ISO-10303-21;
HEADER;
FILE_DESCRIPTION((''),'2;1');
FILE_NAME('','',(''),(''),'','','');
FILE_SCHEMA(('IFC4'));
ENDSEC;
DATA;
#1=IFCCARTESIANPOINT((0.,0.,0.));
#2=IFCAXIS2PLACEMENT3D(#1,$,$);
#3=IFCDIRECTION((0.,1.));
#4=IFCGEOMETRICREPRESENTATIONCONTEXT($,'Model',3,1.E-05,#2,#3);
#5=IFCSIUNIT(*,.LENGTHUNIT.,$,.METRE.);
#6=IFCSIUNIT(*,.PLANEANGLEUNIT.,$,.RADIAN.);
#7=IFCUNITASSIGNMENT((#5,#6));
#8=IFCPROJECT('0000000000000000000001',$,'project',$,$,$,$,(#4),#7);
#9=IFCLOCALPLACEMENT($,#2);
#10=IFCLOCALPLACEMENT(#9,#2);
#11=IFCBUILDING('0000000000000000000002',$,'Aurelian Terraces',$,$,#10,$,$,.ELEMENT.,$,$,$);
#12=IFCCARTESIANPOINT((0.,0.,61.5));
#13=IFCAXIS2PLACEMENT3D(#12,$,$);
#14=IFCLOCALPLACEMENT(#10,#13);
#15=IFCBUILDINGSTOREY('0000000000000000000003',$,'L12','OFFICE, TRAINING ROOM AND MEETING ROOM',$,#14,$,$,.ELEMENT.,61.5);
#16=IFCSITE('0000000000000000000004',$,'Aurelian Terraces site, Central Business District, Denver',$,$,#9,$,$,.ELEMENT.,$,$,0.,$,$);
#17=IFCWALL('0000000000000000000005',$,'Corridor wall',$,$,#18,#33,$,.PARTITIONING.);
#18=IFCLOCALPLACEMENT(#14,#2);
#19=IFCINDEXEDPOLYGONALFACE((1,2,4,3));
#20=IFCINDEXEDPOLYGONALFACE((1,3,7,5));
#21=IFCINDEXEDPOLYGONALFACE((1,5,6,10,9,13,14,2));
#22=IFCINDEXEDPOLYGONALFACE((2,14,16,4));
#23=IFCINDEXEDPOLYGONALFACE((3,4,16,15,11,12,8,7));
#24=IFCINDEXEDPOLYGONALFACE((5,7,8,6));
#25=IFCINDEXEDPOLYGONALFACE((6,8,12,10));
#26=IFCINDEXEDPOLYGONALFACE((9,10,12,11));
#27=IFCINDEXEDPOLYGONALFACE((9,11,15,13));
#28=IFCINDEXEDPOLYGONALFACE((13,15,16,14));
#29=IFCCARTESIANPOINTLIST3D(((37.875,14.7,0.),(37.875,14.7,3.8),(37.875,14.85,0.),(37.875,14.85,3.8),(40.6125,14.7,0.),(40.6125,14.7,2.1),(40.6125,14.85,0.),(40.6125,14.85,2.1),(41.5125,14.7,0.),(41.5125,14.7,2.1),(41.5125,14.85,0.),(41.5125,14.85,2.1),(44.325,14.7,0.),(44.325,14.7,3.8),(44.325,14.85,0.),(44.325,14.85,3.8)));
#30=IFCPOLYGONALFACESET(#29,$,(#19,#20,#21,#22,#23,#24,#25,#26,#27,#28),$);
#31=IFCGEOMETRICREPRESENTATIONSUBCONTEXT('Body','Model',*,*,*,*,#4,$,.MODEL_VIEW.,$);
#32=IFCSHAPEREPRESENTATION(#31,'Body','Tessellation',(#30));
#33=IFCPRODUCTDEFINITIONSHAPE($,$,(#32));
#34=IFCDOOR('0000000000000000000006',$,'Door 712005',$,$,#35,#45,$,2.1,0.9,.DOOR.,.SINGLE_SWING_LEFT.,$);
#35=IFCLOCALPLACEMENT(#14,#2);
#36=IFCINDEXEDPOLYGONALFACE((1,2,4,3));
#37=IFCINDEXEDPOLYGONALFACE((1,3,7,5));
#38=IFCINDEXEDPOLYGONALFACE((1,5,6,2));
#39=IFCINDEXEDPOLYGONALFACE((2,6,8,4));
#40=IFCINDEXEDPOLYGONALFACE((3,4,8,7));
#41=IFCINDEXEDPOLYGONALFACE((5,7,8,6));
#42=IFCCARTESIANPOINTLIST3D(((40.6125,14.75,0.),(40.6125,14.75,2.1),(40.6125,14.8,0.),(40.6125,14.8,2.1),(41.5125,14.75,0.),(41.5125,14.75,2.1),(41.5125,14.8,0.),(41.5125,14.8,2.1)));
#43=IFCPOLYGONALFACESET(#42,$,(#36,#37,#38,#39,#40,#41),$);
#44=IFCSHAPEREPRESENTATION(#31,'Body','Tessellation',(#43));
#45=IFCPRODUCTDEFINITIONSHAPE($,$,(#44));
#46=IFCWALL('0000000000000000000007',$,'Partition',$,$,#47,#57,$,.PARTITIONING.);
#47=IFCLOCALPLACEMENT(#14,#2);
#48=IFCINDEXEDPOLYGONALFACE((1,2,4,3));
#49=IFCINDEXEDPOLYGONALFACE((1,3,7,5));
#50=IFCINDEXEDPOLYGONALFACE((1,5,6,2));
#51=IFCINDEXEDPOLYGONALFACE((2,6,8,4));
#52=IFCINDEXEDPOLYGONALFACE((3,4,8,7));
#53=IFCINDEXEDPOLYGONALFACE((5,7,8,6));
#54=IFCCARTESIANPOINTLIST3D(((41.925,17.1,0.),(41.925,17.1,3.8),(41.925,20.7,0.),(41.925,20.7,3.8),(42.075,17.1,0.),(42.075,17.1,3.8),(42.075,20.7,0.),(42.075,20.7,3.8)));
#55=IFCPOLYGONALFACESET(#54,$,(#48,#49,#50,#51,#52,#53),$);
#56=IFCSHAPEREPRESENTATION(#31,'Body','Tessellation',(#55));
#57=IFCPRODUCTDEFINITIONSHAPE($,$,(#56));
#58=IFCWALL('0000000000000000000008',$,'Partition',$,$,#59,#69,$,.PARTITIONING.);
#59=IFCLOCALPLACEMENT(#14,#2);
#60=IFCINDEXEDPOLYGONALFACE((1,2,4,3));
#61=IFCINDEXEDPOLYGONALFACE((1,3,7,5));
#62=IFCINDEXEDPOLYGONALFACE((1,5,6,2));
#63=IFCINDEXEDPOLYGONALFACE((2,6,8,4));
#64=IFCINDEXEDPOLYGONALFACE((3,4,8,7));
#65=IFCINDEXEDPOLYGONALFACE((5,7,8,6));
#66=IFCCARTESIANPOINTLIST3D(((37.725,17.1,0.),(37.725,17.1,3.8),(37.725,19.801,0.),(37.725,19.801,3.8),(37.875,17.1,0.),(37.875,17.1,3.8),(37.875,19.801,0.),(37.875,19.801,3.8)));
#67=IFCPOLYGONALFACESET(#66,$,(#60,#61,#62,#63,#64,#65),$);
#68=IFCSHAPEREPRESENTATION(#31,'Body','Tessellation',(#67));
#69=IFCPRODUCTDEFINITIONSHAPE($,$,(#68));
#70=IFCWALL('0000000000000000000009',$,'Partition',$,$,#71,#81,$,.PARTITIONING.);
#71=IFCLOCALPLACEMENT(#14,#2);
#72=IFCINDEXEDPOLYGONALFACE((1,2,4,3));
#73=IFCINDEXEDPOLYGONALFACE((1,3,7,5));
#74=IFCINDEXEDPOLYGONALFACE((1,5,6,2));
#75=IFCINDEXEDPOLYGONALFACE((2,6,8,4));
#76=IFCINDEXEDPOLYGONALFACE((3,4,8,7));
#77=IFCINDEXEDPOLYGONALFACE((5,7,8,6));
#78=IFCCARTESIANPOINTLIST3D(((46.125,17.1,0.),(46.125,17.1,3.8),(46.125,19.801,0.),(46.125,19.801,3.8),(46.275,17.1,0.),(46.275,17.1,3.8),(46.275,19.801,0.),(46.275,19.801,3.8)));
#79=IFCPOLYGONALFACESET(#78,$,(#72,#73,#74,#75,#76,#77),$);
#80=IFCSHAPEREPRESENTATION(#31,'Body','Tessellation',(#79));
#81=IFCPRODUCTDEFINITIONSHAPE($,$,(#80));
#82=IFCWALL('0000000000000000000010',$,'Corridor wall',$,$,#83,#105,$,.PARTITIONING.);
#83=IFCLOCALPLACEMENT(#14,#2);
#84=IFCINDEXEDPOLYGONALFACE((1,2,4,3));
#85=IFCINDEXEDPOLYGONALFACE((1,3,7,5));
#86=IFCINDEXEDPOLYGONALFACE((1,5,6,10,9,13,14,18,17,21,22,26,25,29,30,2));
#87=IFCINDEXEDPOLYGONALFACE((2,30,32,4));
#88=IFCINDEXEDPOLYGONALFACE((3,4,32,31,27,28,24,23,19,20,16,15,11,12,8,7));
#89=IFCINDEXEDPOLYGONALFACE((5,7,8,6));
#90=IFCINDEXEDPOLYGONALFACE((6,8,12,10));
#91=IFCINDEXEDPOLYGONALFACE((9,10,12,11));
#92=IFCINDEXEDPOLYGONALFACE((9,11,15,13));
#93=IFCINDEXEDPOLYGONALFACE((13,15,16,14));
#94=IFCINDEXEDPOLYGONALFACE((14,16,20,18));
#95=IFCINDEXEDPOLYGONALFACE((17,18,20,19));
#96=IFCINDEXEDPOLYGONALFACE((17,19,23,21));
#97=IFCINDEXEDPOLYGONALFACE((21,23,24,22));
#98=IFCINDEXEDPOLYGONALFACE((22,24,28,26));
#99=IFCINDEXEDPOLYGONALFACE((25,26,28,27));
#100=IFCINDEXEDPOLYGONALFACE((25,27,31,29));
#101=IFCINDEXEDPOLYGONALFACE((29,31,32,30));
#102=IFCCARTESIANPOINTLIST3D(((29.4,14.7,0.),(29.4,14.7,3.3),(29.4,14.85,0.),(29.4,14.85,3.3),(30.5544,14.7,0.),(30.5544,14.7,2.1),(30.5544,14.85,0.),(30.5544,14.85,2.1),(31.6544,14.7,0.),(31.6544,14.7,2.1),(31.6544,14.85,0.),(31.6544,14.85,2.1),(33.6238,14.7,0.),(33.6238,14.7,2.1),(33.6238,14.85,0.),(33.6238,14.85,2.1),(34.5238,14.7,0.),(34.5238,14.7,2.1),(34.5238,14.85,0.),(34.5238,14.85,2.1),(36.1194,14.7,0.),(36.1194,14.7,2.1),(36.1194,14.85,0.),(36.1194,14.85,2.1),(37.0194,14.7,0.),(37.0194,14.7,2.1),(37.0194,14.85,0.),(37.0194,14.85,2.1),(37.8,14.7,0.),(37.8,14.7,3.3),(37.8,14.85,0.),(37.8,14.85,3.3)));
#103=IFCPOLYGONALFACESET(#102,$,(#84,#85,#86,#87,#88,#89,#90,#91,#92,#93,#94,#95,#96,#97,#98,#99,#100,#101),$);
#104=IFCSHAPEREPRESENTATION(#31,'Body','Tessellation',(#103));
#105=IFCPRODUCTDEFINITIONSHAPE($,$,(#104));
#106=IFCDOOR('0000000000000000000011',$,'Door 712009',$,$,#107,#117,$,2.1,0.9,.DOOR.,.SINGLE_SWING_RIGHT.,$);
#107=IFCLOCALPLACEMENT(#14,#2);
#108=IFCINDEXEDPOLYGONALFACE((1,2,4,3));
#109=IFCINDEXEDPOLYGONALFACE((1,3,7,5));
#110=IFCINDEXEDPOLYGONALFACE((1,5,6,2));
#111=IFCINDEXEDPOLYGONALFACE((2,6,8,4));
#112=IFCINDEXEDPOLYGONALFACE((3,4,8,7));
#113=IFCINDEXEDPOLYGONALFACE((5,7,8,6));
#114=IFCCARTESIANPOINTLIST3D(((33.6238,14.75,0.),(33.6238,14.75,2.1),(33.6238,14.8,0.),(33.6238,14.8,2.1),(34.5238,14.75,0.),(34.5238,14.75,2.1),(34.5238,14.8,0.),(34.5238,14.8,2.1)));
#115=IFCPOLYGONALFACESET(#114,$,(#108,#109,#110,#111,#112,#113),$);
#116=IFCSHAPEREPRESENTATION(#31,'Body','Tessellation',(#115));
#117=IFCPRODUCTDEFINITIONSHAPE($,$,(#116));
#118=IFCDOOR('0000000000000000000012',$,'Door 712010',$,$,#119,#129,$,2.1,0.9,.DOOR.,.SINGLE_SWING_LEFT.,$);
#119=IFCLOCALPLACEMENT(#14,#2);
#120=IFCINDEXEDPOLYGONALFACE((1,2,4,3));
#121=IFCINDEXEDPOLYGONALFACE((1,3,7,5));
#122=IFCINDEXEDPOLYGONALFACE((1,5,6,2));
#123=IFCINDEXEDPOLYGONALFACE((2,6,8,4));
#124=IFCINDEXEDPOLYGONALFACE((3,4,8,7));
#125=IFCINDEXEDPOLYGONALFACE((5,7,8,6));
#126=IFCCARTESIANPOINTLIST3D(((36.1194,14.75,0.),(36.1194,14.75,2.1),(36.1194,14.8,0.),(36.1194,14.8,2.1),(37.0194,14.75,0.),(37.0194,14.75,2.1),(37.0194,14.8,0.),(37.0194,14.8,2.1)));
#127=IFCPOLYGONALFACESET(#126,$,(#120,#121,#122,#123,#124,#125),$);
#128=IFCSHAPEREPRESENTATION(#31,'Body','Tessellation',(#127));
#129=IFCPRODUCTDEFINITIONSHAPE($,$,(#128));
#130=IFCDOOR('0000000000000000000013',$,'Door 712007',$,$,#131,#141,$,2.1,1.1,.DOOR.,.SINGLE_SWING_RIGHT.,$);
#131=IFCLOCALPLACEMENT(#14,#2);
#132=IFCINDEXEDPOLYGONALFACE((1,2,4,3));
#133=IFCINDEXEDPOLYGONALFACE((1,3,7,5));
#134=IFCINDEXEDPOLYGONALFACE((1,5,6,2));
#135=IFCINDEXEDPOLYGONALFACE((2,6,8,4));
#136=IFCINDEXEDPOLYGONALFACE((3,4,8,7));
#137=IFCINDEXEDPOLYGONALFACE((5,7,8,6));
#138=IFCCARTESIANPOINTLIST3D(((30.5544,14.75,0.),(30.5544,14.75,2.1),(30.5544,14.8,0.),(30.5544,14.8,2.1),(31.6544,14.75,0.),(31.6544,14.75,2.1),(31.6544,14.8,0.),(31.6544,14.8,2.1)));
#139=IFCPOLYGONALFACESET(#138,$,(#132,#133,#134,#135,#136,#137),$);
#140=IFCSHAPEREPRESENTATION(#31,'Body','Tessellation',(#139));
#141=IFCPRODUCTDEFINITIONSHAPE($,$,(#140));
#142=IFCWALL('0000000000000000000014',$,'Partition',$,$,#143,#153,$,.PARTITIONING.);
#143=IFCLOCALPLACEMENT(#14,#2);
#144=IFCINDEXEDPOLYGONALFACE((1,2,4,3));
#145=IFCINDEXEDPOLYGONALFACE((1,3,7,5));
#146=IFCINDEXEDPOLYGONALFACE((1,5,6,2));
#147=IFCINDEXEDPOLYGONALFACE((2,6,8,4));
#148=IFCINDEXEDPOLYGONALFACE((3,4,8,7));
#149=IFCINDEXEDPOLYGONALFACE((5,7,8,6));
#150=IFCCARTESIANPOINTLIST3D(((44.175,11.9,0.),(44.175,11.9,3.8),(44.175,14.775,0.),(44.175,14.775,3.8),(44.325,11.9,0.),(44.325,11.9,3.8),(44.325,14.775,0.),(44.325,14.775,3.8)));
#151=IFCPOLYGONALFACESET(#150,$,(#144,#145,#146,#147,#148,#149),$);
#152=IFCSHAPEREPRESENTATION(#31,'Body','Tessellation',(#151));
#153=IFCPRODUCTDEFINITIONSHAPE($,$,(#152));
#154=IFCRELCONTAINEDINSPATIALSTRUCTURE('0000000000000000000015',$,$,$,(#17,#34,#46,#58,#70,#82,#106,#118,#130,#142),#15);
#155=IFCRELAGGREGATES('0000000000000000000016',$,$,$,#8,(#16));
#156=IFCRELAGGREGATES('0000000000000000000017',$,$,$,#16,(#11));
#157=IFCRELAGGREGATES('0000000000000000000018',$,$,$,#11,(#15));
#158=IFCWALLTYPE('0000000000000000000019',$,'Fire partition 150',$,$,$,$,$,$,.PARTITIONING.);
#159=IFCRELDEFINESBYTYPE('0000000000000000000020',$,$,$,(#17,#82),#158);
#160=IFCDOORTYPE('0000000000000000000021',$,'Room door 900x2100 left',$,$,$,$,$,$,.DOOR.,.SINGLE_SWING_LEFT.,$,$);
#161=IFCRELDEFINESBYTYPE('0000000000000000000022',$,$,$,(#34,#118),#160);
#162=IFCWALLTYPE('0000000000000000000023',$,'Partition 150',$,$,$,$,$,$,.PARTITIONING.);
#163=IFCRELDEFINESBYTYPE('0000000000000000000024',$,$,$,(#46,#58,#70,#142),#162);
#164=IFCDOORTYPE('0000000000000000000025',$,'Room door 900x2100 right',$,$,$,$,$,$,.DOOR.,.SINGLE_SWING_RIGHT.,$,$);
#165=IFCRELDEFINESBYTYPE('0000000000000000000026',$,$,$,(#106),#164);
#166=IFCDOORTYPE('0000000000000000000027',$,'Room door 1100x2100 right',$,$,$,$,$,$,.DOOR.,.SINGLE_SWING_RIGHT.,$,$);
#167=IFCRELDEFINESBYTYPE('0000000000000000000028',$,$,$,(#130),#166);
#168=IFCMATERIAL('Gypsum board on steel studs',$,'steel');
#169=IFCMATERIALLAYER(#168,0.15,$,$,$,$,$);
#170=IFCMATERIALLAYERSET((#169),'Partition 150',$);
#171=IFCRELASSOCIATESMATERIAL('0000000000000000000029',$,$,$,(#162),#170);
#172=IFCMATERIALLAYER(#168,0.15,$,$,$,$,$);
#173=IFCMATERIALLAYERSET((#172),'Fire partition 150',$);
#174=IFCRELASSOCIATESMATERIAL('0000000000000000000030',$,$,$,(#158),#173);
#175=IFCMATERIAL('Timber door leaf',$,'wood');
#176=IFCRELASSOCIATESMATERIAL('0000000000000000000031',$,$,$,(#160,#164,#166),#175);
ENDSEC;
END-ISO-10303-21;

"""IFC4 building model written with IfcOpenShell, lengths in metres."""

from ifc_helpers import new_model, si_unit, direction, frame, frame_2d, origin, place, context, subcontext, project, spatial, rectangle, extrude, source, transform, mapped, material, layer, layer_set, type_object, element, fill, save


model = new_model("IFC4")

# Units and contexts
model_context = context("Model", 3, precision=1e-05, world=origin(), true_north=direction((0.0, 1.0)))
body_context = subcontext(model_context, "Body", "Model", "MODEL_VIEW")
ifc_project = project(units=[si_unit("LENGTHUNIT", "METRE"), si_unit("PLANEANGLEUNIT", "RADIAN")], contexts=[model_context])

# Site, building, storey
site_placement = place(None, origin())
site = spatial("IfcSite", under=ifc_project, at=site_placement, Name="Aurelian Terraces site, Central Business District, Denver", CompositionType="ELEMENT", RefElevation=0.0)
building_placement = place(site_placement, origin())
building = spatial("IfcBuilding", under=site, at=building_placement, Name="Aurelian Terraces", CompositionType="ELEMENT")
storey_placement = place(building_placement, frame((0.0, 0.0, 61.5)))
storey = spatial("IfcBuildingStorey", under=building, at=storey_placement, Name="L12", Description="OFFICE, TRAINING ROOM AND MEETING ROOM", CompositionType="ELEMENT", Elevation=61.5)

# Shared definitions
ifc_material_1 = material(Name="Gypsum board on steel studs", Category="steel")
ifc_layer_1 = layer(ifc_material_1, 0.15)
ifc_layer_set_1 = layer_set([ifc_layer_1], Name="Partition 150")
wall_type_1 = type_object("IfcWallType", Name="Partition 150", PredefinedType="PARTITIONING", material=ifc_layer_set_1)
shared_shape_1 = source(origin(), body_context, "Body", "SweptSolid", [
    extrude(rectangle(XDim=6.45, YDim=0.15, at=frame_2d((3.225, 0.0))), origin(), (0.0, 0.0, 1.0), 3.8),
])

# Wall, opening, door
ifc_layer_2 = layer(ifc_material_1, 0.15)
ifc_layer_set_2 = layer_set([ifc_layer_2], Name="Fire partition 150")
wall_type_2 = type_object("IfcWallType", Name="Fire partition 150", PredefinedType="PARTITIONING", material=ifc_layer_set_2)
wall_1_placement = place(storey_placement, frame((44.325, 14.775, 0.0), z_axis=(0.0, 0.0, 1.0), x_axis=(-1.0, 0.0, 0.0)))
wall_1 = element("IfcWall", 1, at=wall_1_placement, inside=storey, type_object=wall_type_2, Name="Corridor wall", PredefinedType="PARTITIONING", context=body_context, shape_type="MappedRepresentation", body=[
    mapped(shared_shape_1, transform((0.0, 0.0, 0.0), scale=1.0)),
])
shared_shape_2 = source(origin(), body_context, "Body", "SweptSolid", [
    extrude(rectangle(XDim=0.9, YDim=2.1, at=frame_2d((0.45, 1.05))), frame((0.0, 0.085, 0.0), z_axis=(0.0, -1.0, 0.0), x_axis=(1.0, 0.0, 0.0)), (0.0, 0.0, 1.0), 0.17),
])
opening_1_placement = place(wall_1_placement, frame((2.8125, 0.0, 0.0)))
opening_1 = element("IfcOpeningElement", 2, at=opening_1_placement, cuts=wall_1, PredefinedType="OPENING", context=body_context, shape_type="MappedRepresentation", body=[
    mapped(shared_shape_2, transform((0.0, 0.0, 0.0), scale=1.0)),
])
ifc_material_2 = material(Name="Timber door leaf", Category="wood")
door_type_1 = type_object("IfcDoorType", Name="Room door 900x2100 left", OperationType="SINGLE_SWING_LEFT", PredefinedType="DOOR", material=ifc_material_2)
shared_shape_3 = source(origin(), body_context, "Body", "SweptSolid", [
    extrude(rectangle(XDim=0.9, YDim=2.1, at=frame_2d((0.45, 1.05))), frame((0.0, 0.025, 0.0), z_axis=(0.0, -1.0, 0.0), x_axis=(1.0, 0.0, 0.0)), (0.0, 0.0, 1.0), 0.05),
])
door_1_placement = place(opening_1_placement, origin())
door_1 = element("IfcDoor", 3, at=door_1_placement, inside=storey, type_object=door_type_1, Name="Door 712005", OperationType="SINGLE_SWING_LEFT", OverallHeight=2.1, OverallWidth=0.9, PredefinedType="DOOR", context=body_context, shape_type="MappedRepresentation", body=[
    mapped(shared_shape_3, transform((0.0, 0.0, 0.0), scale=1.0)),
])
fill(opening_1, door_1)

# Walls
shared_shape_4 = source(origin(), body_context, "Body", "SweptSolid", [
    extrude(rectangle(XDim=3.6, YDim=0.15, at=frame_2d((1.8, 0.0))), origin(), (0.0, 0.0, 1.0), 3.8),
])
wall_2_placement = place(storey_placement, frame((42.0, 20.7, 0.0), z_axis=(0.0, 0.0, 1.0), x_axis=(0.0, -1.0, 0.0)))
element("IfcWall", 4, at=wall_2_placement, inside=storey, type_object=wall_type_1, Name="Partition", PredefinedType="PARTITIONING", context=body_context, shape_type="MappedRepresentation", body=[
    mapped(shared_shape_4, transform((0.0, 0.0, 0.0), scale=1.0)),
])
shared_shape_5 = source(origin(), body_context, "Body", "SweptSolid", [
    extrude(rectangle(XDim=2.701, YDim=0.15, at=frame_2d((1.3505, 0.0))), origin(), (0.0, 0.0, 1.0), 3.8),
])
for number, where, z_axis, x_axis, name in (
    (5, (37.8, 17.1, 0.0), (0.0, 0.0, 1.0), (0.0, 1.0, 0.0), "Partition"),
    (6, (46.2, 17.1, 0.0), (0.0, 0.0, 1.0), (0.0, 1.0, 0.0), "Partition"),
):
    element("IfcWall", number, at=place(storey_placement, frame(where, z_axis=z_axis, x_axis=x_axis)), inside=storey, type_object=wall_type_1, Name=name, PredefinedType="PARTITIONING", context=body_context, shape_type="MappedRepresentation", body=[
        mapped(shared_shape_5, transform((0.0, 0.0, 0.0), scale=1.0)),
    ])

# Wall, openings, doors
shared_shape_6 = source(origin(), body_context, "Body", "SweptSolid", [
    extrude(rectangle(XDim=8.4, YDim=0.15, at=frame_2d((4.2, 0.0))), origin(), (0.0, 0.0, 1.0), 3.3),
])
wall_3_placement = place(storey_placement, frame((37.8, 14.775, 0.0), z_axis=(0.0, 0.0, 1.0), x_axis=(-1.0, 0.0, 0.0)))
wall_3 = element("IfcWall", 7, at=wall_3_placement, inside=storey, type_object=wall_type_2, Name="Corridor wall", PredefinedType="PARTITIONING", context=body_context, shape_type="MappedRepresentation", body=[
    mapped(shared_shape_6, transform((0.0, 0.0, 0.0), scale=1.0)),
])
shared_shape_7 = source(origin(), body_context, "Body", "SweptSolid", [
    extrude(rectangle(XDim=1.1, YDim=2.1, at=frame_2d((0.55, 1.05))), frame((0.0, 0.085, 0.0), z_axis=(0.0, -1.0, 0.0), x_axis=(1.0, 0.0, 0.0)), (0.0, 0.0, 1.0), 0.17),
])
opening_2_placement = place(wall_3_placement, frame((6.1456, 0.0, 0.0)))
opening_2 = element("IfcOpeningElement", 8, at=opening_2_placement, cuts=wall_3, PredefinedType="OPENING", context=body_context, shape_type="MappedRepresentation", body=[
    mapped(shared_shape_7, transform((0.0, 0.0, 0.0), scale=1.0)),
])
opening_3_placement = place(wall_3_placement, frame((3.2762, 0.0, 0.0)))
opening_3 = element("IfcOpeningElement", 9, at=opening_3_placement, cuts=wall_3, PredefinedType="OPENING", context=body_context, shape_type="MappedRepresentation", body=[
    mapped(shared_shape_2, transform((0.0, 0.0, 0.0), scale=1.0)),
])
opening_4_placement = place(wall_3_placement, frame((0.7806, 0.0, 0.0)))
opening_4 = element("IfcOpeningElement", 10, at=opening_4_placement, cuts=wall_3, PredefinedType="OPENING", context=body_context, shape_type="MappedRepresentation", body=[
    mapped(shared_shape_2, transform((0.0, 0.0, 0.0), scale=1.0)),
])
door_type_2 = type_object("IfcDoorType", Name="Room door 900x2100 right", OperationType="SINGLE_SWING_RIGHT", PredefinedType="DOOR", material=ifc_material_2)
door_2_placement = place(opening_3_placement, origin())
door_2 = element("IfcDoor", 11, at=door_2_placement, inside=storey, type_object=door_type_2, Name="Door 712009", OperationType="SINGLE_SWING_RIGHT", OverallHeight=2.1, OverallWidth=0.9, PredefinedType="DOOR", context=body_context, shape_type="MappedRepresentation", body=[
    mapped(shared_shape_3, transform((0.0, 0.0, 0.0), scale=1.0)),
])
fill(opening_3, door_2)
door_3_placement = place(opening_4_placement, origin())
door_3 = element("IfcDoor", 12, at=door_3_placement, inside=storey, type_object=door_type_1, Name="Door 712010", OperationType="SINGLE_SWING_LEFT", OverallHeight=2.1, OverallWidth=0.9, PredefinedType="DOOR", context=body_context, shape_type="MappedRepresentation", body=[
    mapped(shared_shape_3, transform((0.0, 0.0, 0.0), scale=1.0)),
])
fill(opening_4, door_3)
door_type_3 = type_object("IfcDoorType", Name="Room door 1100x2100 right", OperationType="SINGLE_SWING_RIGHT", PredefinedType="DOOR", material=ifc_material_2)
shared_shape_8 = source(origin(), body_context, "Body", "SweptSolid", [
    extrude(rectangle(XDim=1.1, YDim=2.1, at=frame_2d((0.55, 1.05))), frame((0.0, 0.025, 0.0), z_axis=(0.0, -1.0, 0.0), x_axis=(1.0, 0.0, 0.0)), (0.0, 0.0, 1.0), 0.05),
])
door_4_placement = place(opening_2_placement, origin())
door_4 = element("IfcDoor", 13, at=door_4_placement, inside=storey, type_object=door_type_3, Name="Door 712007", OperationType="SINGLE_SWING_RIGHT", OverallHeight=2.1, OverallWidth=1.1, PredefinedType="DOOR", context=body_context, shape_type="MappedRepresentation", body=[
    mapped(shared_shape_8, transform((0.0, 0.0, 0.0), scale=1.0)),
])
fill(opening_2, door_4)

# Wall
shared_shape_9 = source(origin(), body_context, "Body", "SweptSolid", [
    extrude(rectangle(XDim=2.875, YDim=0.15, at=frame_2d((1.4375, 0.0))), origin(), (0.0, 0.0, 1.0), 3.8),
])
wall_4_placement = place(storey_placement, frame((44.25, 11.9, 0.0), z_axis=(0.0, 0.0, 1.0), x_axis=(0.0, 1.0, 0.0)))
element("IfcWall", 14, at=wall_4_placement, inside=storey, type_object=wall_type_1, Name="Partition", PredefinedType="PARTITIONING", context=body_context, shape_type="MappedRepresentation", body=[
    mapped(shared_shape_9, transform((0.0, 0.0, 0.0), scale=1.0)),
])

save(model, "model.ifc")
